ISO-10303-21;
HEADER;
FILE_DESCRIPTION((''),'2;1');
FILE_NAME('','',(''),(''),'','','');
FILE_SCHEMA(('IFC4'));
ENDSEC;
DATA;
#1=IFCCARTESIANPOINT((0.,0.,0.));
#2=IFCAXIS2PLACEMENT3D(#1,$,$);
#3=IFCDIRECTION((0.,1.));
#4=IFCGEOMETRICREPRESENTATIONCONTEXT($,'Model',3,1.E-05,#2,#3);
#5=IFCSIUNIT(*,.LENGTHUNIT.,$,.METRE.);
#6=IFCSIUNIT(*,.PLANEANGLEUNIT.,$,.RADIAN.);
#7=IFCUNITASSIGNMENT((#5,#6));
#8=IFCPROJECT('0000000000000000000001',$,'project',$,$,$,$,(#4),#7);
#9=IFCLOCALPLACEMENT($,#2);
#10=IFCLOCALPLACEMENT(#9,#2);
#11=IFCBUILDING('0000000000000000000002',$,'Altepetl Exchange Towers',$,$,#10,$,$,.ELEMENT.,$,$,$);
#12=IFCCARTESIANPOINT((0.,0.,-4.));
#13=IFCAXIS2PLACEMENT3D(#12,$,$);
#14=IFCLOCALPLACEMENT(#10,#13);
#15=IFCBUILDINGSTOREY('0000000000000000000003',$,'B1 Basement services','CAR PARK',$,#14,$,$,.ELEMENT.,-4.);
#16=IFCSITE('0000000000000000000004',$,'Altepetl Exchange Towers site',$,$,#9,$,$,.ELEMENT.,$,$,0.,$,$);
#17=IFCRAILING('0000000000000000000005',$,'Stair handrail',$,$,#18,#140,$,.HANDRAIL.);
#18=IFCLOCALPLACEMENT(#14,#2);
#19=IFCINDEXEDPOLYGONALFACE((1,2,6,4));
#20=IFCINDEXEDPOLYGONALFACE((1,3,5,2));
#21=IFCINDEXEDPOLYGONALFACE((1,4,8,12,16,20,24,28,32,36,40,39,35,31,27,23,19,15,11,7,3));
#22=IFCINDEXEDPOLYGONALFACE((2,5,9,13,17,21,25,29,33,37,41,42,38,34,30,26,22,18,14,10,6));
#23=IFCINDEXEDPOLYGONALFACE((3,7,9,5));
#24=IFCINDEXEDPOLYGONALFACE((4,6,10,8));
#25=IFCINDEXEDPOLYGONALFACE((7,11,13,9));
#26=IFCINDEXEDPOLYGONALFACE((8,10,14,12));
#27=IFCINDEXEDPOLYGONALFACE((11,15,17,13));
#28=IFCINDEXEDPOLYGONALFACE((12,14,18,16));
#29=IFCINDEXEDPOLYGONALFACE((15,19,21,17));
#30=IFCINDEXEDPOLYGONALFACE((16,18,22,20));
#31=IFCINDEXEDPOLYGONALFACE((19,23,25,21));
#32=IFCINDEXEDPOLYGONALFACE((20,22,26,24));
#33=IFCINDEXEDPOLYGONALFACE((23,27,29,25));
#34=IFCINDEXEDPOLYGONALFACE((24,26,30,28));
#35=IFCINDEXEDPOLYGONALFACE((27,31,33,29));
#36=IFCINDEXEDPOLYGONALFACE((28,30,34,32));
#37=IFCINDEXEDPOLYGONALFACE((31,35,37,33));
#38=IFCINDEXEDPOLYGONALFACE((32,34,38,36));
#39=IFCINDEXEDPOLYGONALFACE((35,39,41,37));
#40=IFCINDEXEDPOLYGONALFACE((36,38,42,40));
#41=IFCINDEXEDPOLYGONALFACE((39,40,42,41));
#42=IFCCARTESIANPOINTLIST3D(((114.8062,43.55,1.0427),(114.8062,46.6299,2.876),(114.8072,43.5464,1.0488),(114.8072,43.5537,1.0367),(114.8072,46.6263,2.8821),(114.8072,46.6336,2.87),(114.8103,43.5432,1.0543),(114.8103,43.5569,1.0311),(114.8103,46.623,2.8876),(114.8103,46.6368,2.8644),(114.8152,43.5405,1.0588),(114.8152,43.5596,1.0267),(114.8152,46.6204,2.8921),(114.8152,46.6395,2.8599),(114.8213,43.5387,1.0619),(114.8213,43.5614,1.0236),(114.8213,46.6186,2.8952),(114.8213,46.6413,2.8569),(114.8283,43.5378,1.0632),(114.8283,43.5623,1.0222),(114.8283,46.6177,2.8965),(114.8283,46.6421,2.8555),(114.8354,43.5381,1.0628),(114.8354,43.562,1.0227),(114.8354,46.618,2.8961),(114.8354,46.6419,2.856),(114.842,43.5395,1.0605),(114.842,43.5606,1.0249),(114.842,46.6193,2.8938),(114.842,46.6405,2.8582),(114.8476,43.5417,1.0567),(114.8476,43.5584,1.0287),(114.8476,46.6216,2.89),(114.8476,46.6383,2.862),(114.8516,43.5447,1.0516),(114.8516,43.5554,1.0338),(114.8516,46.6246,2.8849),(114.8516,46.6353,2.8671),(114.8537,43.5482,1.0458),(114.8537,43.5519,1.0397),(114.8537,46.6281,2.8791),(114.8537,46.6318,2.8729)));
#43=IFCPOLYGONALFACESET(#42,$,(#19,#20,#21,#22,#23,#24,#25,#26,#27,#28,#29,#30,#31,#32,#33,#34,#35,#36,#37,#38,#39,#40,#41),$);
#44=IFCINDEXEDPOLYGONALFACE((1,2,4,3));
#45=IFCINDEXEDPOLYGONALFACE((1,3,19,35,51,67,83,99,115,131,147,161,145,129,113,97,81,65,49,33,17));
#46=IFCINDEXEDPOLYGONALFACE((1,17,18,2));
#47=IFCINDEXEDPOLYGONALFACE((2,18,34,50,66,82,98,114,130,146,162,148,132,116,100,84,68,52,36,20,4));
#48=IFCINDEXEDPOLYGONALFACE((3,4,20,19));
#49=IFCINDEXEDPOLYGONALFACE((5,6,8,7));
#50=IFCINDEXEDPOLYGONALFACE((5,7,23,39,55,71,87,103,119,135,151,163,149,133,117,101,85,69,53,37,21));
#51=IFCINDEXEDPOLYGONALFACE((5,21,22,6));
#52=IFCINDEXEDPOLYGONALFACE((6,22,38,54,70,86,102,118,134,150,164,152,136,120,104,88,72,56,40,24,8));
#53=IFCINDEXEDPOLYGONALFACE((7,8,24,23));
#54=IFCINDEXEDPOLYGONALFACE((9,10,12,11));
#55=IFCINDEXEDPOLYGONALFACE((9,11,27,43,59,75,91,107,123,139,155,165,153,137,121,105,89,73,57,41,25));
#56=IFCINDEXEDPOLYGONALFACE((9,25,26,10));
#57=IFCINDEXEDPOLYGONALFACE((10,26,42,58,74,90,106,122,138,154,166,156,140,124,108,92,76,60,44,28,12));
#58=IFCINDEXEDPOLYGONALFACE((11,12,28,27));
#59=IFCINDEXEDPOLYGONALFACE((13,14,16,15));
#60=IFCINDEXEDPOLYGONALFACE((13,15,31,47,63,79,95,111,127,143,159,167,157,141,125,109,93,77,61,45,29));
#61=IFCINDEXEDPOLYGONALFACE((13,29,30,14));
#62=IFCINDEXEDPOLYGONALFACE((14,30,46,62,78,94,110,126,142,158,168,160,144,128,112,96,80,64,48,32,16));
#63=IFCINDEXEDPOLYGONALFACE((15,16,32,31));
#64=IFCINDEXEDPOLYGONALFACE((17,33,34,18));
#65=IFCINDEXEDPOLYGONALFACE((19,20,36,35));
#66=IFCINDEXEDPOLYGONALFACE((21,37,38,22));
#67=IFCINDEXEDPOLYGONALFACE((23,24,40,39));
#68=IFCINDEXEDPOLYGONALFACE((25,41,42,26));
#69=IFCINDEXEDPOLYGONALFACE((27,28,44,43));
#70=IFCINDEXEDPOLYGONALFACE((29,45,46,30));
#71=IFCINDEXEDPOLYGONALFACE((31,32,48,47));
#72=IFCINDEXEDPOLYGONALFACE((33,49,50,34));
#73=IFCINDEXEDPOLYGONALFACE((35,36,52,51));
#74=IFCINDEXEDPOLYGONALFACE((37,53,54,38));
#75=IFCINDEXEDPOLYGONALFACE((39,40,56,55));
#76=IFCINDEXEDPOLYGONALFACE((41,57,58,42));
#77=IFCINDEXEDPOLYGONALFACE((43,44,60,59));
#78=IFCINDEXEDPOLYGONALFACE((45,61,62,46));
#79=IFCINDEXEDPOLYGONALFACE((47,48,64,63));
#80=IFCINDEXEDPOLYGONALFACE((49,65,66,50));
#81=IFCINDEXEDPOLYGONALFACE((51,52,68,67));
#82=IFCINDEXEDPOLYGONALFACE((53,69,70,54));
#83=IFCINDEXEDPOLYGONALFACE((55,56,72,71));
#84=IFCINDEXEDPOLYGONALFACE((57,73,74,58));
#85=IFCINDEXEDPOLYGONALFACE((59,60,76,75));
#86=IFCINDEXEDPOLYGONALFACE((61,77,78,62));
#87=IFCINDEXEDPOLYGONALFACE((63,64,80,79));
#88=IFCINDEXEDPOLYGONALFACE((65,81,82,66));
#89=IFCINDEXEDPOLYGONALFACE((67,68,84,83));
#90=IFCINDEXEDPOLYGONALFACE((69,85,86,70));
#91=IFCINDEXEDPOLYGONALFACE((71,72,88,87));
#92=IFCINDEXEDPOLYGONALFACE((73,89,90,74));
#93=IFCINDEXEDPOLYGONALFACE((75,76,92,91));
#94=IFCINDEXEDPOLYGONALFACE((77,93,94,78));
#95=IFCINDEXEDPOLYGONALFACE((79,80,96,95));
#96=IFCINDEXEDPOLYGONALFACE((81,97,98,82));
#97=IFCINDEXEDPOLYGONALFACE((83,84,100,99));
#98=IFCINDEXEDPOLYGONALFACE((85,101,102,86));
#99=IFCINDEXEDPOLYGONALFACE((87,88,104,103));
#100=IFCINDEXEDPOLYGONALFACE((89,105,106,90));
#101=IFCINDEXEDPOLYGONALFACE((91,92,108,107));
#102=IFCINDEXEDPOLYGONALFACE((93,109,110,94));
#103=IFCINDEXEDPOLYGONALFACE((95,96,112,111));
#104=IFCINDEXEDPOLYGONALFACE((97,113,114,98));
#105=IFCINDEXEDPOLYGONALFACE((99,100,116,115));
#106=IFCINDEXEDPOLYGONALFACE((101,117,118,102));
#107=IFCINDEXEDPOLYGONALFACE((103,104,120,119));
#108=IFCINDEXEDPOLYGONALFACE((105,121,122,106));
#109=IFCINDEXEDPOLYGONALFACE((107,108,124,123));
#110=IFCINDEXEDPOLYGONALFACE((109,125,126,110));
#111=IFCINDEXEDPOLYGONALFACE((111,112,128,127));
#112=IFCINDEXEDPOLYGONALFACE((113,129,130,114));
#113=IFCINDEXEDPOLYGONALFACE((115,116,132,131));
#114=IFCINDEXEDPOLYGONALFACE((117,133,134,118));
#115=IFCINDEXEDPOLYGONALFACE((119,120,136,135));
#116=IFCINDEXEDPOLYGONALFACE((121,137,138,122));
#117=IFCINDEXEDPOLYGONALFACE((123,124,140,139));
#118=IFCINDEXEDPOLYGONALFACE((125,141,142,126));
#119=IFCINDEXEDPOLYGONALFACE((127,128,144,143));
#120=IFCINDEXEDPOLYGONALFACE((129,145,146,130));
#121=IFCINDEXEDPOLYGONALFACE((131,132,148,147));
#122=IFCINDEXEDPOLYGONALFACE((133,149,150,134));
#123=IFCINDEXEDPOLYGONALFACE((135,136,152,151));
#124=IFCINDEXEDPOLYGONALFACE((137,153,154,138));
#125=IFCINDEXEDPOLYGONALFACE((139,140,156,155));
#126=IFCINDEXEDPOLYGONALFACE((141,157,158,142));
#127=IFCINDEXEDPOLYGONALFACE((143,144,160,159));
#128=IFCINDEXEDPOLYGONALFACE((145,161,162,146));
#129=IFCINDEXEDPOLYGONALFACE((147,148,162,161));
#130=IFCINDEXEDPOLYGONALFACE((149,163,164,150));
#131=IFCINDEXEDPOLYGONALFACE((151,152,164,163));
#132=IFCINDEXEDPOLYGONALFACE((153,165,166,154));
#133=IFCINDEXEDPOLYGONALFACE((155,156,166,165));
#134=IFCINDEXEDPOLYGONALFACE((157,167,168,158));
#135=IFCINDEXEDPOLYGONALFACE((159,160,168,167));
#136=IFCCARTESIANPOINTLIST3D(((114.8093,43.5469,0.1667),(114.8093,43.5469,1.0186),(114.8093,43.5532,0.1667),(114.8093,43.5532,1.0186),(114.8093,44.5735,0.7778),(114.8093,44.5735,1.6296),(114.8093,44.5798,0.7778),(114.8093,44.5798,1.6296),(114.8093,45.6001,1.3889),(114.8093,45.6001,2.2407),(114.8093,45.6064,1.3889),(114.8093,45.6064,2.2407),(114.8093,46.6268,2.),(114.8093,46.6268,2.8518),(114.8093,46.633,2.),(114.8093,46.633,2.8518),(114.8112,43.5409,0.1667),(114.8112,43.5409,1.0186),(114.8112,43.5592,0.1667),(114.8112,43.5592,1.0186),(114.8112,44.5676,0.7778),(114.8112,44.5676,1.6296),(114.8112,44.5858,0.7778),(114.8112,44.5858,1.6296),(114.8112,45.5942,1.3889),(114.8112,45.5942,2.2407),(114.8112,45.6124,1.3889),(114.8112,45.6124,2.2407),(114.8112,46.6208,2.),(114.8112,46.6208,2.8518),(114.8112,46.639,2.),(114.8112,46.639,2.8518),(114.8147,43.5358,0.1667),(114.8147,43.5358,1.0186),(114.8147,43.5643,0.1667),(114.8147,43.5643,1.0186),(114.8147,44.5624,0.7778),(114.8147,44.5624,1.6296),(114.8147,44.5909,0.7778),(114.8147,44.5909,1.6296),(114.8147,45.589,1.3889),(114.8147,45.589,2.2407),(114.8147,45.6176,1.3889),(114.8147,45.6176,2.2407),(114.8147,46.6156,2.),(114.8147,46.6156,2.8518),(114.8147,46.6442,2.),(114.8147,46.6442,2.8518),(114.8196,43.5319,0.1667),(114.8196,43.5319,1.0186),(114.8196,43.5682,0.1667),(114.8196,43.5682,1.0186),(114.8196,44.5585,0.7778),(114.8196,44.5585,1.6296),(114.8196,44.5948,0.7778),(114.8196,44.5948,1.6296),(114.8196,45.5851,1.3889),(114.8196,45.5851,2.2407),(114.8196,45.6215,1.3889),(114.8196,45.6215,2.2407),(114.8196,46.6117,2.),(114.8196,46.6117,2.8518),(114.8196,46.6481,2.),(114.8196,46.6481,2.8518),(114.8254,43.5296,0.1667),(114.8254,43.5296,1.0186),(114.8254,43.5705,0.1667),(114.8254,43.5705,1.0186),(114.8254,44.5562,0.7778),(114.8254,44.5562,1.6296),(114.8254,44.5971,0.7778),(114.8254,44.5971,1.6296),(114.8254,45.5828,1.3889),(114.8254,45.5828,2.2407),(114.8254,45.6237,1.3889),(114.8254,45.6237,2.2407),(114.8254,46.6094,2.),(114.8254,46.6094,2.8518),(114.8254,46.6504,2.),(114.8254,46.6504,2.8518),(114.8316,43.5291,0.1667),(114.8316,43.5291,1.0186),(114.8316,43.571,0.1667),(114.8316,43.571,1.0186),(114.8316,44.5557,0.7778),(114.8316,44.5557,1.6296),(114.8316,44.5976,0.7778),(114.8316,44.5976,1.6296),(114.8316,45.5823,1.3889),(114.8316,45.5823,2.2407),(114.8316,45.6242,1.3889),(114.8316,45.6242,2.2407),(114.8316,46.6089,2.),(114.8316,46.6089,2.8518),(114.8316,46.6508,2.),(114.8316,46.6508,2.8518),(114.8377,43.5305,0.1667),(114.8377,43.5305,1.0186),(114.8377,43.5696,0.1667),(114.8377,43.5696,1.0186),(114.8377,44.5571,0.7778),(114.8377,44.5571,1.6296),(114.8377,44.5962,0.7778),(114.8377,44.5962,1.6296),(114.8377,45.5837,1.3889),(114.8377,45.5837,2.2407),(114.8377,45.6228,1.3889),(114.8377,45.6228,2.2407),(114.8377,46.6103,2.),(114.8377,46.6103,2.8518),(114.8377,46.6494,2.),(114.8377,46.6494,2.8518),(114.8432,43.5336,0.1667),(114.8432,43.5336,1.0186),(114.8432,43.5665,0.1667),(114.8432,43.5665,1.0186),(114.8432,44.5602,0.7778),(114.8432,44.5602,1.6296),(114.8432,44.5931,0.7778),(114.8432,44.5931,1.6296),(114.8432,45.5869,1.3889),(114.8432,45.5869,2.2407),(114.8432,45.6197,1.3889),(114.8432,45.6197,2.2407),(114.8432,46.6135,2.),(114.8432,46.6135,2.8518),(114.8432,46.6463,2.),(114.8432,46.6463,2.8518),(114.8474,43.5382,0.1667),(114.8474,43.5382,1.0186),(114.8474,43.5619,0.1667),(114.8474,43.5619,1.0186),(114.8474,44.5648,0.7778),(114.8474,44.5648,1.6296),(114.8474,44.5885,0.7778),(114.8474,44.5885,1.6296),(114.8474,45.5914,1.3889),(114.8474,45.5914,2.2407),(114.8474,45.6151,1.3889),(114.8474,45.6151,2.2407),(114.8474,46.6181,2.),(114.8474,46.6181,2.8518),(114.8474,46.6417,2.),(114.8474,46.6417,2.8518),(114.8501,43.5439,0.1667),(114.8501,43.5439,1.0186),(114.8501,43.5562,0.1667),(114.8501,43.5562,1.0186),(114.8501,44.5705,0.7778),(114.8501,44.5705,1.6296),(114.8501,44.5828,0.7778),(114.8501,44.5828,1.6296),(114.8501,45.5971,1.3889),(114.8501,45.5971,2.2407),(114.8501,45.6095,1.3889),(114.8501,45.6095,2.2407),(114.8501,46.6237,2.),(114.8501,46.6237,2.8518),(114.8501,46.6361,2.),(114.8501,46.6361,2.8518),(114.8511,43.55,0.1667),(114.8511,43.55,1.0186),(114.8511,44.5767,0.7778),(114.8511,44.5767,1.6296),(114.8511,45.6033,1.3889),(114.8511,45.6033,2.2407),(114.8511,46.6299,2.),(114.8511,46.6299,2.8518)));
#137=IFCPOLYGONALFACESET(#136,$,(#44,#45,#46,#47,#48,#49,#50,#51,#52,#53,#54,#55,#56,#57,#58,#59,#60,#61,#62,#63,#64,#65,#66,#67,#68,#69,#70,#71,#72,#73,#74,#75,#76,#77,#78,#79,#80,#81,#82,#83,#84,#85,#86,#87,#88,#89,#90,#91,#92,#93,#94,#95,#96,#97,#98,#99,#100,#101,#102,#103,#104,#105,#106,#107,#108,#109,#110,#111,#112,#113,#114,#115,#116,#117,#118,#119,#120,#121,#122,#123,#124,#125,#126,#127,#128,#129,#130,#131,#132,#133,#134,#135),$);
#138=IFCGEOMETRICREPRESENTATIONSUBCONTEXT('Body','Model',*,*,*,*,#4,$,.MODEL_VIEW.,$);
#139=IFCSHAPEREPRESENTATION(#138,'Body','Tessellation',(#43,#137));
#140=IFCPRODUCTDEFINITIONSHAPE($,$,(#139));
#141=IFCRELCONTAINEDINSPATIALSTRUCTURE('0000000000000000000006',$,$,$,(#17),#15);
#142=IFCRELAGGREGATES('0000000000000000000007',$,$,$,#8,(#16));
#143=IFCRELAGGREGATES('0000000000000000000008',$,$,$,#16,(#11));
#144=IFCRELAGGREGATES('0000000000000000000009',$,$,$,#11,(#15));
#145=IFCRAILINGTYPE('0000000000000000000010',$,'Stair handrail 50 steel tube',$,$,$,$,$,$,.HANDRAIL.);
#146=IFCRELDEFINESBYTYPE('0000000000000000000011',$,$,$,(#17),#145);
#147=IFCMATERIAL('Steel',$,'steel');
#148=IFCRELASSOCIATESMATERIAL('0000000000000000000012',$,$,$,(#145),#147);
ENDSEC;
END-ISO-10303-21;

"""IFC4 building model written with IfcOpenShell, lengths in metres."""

from ifc_helpers import new_model, si_unit, direction, frame, origin, origin_2d, place, context, subcontext, project, spatial, circle, extrude, source, transform, mapped, material, type_object, element, save


model = new_model("IFC4")

# Units and contexts
model_context = context("Model", 3, precision=1e-05, world=origin(), true_north=direction((0.0, 1.0)))
body_context = subcontext(model_context, "Body", "Model", "MODEL_VIEW")
ifc_project = project(units=[si_unit("LENGTHUNIT", "METRE"), si_unit("PLANEANGLEUNIT", "RADIAN")], contexts=[model_context])

# Site, building, storey
site_placement = place(None, origin())
site = spatial("IfcSite", under=ifc_project, at=site_placement, Name="Altepetl Exchange Towers site", CompositionType="ELEMENT", RefElevation=0.0)
building_placement = place(site_placement, origin())
building = spatial("IfcBuilding", under=site, at=building_placement, Name="Altepetl Exchange Towers", CompositionType="ELEMENT")
storey_placement = place(building_placement, frame((0.0, 0.0, -4.0)))
storey = spatial("IfcBuildingStorey", under=building, at=storey_placement, Name="B1 Basement services", Description="CAR PARK", CompositionType="ELEMENT", Elevation=-4.0)

# Railing
ifc_material_1 = material(Name="Steel", Category="steel")
railing_type = type_object("IfcRailingType", Name="Stair handrail 50 steel tube", PredefinedType="HANDRAIL", material=ifc_material_1)
shared_shape = source(origin(), body_context, "Body", "SweptSolid", [
    extrude(circle(Radius=0.021, at=origin_2d()), origin(), (0.0, 0.0, 1.0), 0.8518),
])
for number, where, name in (
    (1, (114.8301, 43.55, 0.1667), "Stair handrail"),
):
    element("IfcRailing", number, at=place(storey_placement, frame(where)), inside=storey, type_object=railing_type, Name=name, PredefinedType="HANDRAIL", context=body_context, shape_type="SweptSolid", body=[
        extrude(circle(Radius=0.0239, at=origin_2d()), frame((0.0, 0.0, 0.876), z_axis=(0.0, 0.859291, 0.511487), x_axis=(-1.0, 0.0, 0.0)), (0.0, 0.0, 1.0), 3.5842),
        mapped(shared_shape, transform((0.0, 0.0, 0.0))),
        mapped(shared_shape, transform((0.0, 1.0266, 0.6111))),
        mapped(shared_shape, transform((0.0, 2.0532, 1.2222))),
        mapped(shared_shape, transform((0.0, 3.0798, 1.8333))),
    ])

save(model, "model.ifc")
